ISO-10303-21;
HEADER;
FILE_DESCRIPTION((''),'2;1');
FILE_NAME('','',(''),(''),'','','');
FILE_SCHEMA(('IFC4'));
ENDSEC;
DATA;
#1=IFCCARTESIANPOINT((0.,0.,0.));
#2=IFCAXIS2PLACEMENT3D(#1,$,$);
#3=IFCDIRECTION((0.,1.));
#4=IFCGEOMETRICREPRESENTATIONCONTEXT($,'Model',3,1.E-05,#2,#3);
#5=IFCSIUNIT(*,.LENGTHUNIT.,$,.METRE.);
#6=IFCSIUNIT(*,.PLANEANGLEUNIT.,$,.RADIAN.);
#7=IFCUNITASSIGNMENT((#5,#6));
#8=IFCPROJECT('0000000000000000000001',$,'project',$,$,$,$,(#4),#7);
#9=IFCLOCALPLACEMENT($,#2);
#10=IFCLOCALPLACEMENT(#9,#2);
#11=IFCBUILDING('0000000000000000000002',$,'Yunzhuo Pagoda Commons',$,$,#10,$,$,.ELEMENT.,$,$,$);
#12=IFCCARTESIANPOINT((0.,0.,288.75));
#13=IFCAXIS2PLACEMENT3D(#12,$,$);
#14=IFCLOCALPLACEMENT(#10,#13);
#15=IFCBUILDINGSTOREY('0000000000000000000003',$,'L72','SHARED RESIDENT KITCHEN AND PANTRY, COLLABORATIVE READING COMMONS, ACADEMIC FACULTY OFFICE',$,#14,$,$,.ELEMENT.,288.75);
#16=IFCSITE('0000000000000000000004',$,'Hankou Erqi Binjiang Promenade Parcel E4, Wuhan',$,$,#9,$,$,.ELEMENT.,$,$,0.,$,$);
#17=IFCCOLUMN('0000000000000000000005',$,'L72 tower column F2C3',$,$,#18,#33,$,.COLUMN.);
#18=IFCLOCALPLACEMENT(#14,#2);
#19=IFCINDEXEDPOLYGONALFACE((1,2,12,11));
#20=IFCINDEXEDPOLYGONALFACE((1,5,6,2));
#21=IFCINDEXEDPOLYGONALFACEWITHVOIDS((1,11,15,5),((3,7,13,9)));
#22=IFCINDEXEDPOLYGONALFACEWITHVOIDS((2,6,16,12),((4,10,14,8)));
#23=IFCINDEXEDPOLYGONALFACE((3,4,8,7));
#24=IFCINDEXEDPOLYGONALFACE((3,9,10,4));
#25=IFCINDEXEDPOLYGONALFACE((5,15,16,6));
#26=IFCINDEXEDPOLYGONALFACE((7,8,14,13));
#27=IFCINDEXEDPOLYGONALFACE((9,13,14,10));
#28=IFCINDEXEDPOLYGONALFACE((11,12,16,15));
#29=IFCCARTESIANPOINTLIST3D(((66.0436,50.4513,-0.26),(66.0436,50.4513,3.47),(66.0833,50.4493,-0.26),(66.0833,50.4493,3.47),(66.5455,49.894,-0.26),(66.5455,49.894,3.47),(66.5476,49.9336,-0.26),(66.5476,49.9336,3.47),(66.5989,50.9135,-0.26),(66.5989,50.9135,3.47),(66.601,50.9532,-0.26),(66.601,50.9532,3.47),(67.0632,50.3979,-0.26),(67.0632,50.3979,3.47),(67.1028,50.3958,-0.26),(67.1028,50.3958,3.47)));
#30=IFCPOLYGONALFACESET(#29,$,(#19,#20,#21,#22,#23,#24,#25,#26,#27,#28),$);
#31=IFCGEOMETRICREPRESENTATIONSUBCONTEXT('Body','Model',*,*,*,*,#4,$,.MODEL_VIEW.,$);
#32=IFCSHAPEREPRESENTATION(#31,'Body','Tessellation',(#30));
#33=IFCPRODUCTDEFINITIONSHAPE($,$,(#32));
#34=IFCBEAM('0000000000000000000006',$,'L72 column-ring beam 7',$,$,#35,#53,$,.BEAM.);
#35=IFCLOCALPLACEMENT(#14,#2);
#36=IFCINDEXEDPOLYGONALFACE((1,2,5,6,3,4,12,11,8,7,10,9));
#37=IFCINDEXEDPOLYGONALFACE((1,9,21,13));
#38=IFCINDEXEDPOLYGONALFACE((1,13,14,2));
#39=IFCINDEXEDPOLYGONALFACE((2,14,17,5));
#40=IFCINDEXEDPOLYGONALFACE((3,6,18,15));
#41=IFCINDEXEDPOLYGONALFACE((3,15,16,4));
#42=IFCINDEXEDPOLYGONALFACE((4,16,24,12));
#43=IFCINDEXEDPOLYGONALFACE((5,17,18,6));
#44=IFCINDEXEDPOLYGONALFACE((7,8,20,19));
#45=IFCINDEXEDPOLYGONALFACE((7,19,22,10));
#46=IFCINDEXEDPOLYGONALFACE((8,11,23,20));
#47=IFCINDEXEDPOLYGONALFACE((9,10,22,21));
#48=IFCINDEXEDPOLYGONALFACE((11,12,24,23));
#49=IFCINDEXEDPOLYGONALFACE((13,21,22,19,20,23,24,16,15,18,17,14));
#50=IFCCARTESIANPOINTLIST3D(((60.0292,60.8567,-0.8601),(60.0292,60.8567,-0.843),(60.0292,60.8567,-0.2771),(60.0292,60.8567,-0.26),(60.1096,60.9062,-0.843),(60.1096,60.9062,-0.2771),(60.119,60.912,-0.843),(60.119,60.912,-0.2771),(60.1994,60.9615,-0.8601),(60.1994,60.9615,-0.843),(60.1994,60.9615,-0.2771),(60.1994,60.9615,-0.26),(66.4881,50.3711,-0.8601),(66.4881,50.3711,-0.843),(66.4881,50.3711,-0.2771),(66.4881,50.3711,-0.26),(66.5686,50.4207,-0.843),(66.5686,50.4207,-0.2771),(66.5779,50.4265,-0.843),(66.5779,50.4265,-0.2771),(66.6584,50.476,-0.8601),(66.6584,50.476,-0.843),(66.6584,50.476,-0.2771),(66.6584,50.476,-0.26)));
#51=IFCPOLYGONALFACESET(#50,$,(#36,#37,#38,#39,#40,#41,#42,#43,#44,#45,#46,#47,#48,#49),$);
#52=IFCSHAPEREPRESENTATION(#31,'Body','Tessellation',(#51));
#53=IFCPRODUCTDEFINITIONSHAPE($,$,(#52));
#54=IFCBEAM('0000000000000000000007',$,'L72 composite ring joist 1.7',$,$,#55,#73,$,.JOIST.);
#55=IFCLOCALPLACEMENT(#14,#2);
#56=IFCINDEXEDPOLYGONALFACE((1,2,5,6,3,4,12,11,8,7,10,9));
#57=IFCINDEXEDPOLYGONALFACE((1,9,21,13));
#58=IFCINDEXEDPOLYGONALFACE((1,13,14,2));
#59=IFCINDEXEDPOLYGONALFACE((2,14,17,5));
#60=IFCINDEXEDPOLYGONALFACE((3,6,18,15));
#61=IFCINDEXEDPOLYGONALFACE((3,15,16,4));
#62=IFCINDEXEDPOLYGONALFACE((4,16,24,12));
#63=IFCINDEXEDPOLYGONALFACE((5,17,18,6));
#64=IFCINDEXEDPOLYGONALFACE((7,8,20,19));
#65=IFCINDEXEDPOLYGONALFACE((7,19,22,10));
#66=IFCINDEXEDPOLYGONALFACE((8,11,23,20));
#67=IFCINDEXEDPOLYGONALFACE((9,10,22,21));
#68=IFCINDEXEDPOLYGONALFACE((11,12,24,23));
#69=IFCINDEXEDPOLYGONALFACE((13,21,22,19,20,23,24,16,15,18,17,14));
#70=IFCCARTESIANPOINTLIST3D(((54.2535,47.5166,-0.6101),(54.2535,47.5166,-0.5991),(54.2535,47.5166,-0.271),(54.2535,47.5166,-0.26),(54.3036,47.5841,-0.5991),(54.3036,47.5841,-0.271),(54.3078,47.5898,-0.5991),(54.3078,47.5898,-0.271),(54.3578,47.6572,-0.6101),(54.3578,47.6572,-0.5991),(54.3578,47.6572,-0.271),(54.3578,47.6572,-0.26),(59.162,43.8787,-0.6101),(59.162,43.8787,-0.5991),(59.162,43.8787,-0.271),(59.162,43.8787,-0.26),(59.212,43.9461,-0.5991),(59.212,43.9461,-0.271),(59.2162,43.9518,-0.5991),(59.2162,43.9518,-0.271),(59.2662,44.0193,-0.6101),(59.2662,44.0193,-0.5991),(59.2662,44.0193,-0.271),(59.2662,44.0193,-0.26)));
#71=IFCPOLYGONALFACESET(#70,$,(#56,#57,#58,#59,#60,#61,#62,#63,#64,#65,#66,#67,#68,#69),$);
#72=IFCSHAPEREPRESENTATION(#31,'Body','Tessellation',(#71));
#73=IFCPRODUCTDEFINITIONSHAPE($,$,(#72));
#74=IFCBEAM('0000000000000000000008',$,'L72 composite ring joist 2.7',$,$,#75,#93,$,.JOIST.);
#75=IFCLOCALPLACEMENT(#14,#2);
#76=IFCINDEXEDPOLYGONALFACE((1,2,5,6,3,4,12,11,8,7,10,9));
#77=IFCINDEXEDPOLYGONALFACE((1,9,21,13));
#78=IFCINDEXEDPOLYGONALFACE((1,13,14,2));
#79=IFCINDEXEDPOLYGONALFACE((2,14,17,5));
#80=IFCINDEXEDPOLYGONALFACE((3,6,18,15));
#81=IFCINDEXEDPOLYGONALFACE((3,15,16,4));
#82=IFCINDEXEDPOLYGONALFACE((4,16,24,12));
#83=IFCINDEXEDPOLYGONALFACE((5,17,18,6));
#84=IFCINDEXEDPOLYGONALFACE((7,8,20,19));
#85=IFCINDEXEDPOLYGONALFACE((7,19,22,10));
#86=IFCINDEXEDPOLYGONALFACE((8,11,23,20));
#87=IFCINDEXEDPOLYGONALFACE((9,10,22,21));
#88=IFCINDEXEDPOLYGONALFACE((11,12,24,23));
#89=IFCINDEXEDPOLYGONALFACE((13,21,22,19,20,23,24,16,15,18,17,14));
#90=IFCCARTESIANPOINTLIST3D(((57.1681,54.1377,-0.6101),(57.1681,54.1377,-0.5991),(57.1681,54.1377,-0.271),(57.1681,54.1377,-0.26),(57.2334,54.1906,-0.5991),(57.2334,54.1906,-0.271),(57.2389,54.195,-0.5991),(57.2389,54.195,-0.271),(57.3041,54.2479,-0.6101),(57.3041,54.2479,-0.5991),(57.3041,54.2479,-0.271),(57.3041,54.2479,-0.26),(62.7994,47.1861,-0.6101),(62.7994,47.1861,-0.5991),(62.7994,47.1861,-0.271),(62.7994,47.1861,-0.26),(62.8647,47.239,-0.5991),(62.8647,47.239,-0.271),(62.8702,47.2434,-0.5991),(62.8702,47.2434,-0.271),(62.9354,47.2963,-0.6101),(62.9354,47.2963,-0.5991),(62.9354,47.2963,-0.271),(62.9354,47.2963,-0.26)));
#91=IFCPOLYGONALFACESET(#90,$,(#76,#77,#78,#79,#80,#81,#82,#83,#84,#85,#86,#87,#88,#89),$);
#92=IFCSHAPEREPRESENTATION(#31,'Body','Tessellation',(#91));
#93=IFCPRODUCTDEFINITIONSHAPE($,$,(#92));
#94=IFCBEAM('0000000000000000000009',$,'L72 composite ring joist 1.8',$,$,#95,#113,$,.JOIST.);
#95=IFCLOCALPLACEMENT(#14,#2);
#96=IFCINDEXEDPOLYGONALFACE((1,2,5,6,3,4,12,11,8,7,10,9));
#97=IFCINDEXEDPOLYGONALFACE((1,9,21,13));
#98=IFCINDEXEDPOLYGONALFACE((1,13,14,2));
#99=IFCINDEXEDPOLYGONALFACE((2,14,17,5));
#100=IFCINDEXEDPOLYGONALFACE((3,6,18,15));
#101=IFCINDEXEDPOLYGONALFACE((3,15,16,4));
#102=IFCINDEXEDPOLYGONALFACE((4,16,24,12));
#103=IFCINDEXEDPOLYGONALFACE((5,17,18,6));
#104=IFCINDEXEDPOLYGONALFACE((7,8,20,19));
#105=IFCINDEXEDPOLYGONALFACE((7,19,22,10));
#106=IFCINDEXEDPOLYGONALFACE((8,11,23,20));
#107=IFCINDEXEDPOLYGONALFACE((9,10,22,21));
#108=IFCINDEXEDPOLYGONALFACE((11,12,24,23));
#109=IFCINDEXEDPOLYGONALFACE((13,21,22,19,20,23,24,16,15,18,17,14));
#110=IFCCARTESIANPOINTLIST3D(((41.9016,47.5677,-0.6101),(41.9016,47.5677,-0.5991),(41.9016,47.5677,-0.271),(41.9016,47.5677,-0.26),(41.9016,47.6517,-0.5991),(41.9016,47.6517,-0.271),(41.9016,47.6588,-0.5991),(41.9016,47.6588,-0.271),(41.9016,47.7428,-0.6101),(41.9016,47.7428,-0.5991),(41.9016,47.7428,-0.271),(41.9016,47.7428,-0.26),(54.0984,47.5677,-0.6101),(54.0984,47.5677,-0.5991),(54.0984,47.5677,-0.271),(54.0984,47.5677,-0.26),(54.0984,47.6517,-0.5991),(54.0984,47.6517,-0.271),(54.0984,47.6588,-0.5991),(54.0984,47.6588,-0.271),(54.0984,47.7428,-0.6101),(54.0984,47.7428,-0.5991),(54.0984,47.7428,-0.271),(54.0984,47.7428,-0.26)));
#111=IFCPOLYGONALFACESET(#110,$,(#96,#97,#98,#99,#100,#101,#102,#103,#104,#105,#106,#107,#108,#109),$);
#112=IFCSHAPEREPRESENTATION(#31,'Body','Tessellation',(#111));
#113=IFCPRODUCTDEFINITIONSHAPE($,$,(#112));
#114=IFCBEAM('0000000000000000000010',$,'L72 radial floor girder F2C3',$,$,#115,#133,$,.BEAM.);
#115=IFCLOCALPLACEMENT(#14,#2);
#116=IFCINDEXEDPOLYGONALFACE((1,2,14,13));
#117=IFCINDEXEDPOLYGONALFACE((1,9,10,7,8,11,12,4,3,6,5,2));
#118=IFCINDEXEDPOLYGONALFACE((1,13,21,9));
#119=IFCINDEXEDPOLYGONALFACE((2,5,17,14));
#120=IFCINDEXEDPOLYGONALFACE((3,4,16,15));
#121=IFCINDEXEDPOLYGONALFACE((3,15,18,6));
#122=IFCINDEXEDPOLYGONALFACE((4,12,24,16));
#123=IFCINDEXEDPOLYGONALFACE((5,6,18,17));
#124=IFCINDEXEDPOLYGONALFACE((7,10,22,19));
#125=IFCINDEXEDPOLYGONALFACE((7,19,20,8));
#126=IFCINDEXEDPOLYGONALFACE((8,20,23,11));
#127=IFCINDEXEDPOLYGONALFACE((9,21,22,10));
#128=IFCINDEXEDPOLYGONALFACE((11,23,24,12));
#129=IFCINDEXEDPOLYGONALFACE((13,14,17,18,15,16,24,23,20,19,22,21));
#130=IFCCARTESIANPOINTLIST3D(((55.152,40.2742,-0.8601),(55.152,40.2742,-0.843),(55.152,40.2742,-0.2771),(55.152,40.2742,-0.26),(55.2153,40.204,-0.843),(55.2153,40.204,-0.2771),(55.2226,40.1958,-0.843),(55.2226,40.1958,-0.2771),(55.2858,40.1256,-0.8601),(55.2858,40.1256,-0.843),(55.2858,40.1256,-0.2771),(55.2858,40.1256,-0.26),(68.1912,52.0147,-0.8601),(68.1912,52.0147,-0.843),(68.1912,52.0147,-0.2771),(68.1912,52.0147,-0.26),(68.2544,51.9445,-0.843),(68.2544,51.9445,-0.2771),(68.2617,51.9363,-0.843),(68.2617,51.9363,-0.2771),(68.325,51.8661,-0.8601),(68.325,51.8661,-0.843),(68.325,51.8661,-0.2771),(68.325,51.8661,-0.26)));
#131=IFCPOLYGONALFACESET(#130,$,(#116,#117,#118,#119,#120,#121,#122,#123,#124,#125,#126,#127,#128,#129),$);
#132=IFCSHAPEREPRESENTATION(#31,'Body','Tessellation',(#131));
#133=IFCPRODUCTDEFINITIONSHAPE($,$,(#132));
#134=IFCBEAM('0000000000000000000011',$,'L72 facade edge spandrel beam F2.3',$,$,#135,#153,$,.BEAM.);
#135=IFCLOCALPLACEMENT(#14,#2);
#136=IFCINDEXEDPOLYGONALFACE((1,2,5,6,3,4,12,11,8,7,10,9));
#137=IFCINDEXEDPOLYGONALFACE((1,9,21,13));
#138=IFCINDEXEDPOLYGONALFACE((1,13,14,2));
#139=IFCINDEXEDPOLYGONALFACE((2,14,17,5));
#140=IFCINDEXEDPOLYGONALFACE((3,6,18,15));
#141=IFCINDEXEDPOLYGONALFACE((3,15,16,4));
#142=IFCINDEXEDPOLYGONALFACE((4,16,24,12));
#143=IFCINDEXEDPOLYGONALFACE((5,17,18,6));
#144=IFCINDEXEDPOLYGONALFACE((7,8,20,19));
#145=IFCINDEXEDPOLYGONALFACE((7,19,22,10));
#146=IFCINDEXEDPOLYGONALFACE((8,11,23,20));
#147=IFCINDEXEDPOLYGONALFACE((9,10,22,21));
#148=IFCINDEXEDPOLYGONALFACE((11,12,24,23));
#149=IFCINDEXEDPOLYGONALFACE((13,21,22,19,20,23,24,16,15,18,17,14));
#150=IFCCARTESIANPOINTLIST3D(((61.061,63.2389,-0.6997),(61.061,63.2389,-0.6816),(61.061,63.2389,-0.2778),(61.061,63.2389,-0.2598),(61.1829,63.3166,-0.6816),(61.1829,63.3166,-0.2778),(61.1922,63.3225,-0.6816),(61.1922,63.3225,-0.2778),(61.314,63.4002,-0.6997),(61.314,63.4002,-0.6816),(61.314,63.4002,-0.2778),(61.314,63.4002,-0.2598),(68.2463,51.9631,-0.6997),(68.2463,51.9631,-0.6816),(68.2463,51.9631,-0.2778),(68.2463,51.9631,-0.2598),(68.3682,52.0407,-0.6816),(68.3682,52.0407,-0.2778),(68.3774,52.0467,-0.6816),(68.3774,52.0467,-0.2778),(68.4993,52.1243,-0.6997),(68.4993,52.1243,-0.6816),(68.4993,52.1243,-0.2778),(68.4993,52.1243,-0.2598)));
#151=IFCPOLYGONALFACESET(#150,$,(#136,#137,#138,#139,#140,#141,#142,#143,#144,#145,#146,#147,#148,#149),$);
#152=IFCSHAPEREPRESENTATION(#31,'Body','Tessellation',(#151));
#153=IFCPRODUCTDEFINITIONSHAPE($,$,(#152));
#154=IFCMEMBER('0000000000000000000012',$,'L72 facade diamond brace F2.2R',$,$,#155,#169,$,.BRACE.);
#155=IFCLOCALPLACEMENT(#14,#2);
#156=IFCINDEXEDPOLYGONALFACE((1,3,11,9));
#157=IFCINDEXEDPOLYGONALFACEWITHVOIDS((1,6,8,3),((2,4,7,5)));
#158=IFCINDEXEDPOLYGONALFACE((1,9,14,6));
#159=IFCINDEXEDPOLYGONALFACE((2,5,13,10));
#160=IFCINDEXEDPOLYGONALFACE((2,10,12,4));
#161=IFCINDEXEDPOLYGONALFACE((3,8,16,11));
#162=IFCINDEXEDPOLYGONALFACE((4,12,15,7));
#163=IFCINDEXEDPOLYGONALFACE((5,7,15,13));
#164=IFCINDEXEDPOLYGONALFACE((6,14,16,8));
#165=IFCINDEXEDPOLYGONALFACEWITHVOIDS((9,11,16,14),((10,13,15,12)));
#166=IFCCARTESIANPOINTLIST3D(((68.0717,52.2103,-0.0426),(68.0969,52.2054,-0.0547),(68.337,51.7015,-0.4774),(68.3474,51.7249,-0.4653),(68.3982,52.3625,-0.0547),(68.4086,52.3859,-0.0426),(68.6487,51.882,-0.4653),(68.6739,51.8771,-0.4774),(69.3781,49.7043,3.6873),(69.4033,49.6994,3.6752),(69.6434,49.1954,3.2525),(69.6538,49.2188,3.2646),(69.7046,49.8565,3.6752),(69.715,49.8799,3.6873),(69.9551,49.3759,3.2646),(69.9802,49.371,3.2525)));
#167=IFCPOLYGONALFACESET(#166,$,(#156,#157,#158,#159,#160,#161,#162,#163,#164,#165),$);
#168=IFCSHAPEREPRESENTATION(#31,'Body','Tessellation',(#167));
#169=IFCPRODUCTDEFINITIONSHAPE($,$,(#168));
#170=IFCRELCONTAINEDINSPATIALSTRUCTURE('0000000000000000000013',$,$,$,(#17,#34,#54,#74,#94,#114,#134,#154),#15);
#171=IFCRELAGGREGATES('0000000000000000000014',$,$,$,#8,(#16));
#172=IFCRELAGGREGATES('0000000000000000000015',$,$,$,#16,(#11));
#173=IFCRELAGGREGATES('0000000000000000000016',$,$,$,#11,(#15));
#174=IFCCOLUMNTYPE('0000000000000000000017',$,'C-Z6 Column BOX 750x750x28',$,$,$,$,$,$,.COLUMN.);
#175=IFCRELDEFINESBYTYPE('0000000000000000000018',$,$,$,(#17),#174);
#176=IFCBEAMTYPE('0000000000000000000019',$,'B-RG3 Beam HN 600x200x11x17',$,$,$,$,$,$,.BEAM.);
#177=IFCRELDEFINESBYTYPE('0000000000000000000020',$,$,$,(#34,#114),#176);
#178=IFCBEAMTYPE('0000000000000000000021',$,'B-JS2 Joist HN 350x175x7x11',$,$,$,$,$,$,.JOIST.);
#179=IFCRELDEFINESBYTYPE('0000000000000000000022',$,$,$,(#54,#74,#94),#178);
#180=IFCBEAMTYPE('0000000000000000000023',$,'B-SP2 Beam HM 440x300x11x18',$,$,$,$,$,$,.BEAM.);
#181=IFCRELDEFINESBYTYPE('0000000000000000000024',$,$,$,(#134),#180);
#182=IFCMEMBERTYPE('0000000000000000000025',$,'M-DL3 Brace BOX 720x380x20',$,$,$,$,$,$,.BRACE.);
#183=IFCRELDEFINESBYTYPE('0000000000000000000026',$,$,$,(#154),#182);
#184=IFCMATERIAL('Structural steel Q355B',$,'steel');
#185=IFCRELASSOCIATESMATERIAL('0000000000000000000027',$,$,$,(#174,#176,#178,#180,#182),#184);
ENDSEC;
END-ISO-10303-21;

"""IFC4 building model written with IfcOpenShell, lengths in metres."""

from ifc_helpers import new_model, si_unit, direction, frame, origin, origin_2d, place, context, subcontext, project, spatial, hollow_rectangle, i_section, extrude, source, transform, mapped, material, material_profile, profile_set, type_object, element, save


model = new_model("IFC4")

# Units and contexts
model_context = context("Model", 3, precision=1e-05, world=origin(), true_north=direction((0.0, 1.0)))
body_context = subcontext(model_context, "Body", "Model", "MODEL_VIEW")
ifc_project = project(units=[si_unit("LENGTHUNIT", "METRE"), si_unit("PLANEANGLEUNIT", "RADIAN")], contexts=[model_context])

# Site, building, storey
site_placement = place(None, origin())
site = spatial("IfcSite", under=ifc_project, at=site_placement, Name="Hankou Erqi Binjiang Promenade Parcel E4, Wuhan", CompositionType="ELEMENT", RefElevation=0.0)
building_placement = place(site_placement, origin())
building = spatial("IfcBuilding", under=site, at=building_placement, Name="Yunzhuo Pagoda Commons", CompositionType="ELEMENT")
storey_placement = place(building_placement, frame((0.0, 0.0, 288.75)))
storey = spatial("IfcBuildingStorey", under=building, at=storey_placement, Name="L72", Description="SHARED RESIDENT KITCHEN AND PANTRY, COLLABORATIVE READING COMMONS, ACADEMIC FACULTY OFFICE", CompositionType="ELEMENT", Elevation=288.75)

# Column
ifc_material_1 = material(Name="Structural steel Q355B", Category="steel")
ifc_material_profile_1 = material_profile(ifc_material_1, hollow_rectangle(XDim=0.75, YDim=0.75, WallThickness=0.0281, at=origin_2d()), Name="Structural steel Q355B")
ifc_profile_set_1 = profile_set([ifc_material_profile_1], Name="Structural steel Q355B")
column_type = type_object("IfcColumnType", Name="C-Z6 Column BOX 750x750x28", PredefinedType="COLUMN", material=ifc_profile_set_1)
shared_shape_1 = source(origin(), body_context, "Body", "SweptSolid", [
    extrude(hollow_rectangle(XDim=0.75, YDim=0.75, WallThickness=0.0281, at=origin_2d()), origin(), (0.0, 0.0, 1.0), 3.73),
])
column_placement = place(storey_placement, frame((66.5732, 50.4236, -0.26), z_axis=(0.0, 0.0, 1.0), x_axis=(-0.669131, 0.743145, 0.0)))
element("IfcColumn", 1, at=column_placement, inside=storey, type_object=column_type, Name="L72 tower column F2C3", PredefinedType="COLUMN", context=body_context, shape_type="MappedRepresentation", body=[
    mapped(shared_shape_1, transform((0.0, 0.0, 0.0), scale=1.0)),
])

# Beams
ifc_material_profile_2 = material_profile(ifc_material_1, i_section(OverallWidth=0.2, OverallDepth=0.6001, WebThickness=0.011, FlangeThickness=0.0171, at=origin_2d()), Name="Structural steel Q355B")
ifc_profile_set_2 = profile_set([ifc_material_profile_2], Name="Structural steel Q355B")
beam_type_1 = type_object("IfcBeamType", Name="B-RG3 Beam HN 600x200x11x17", PredefinedType="BEAM", material=ifc_profile_set_2)
shared_shape_2 = source(origin(), body_context, "Body", "SweptSolid", [
    extrude(i_section(OverallWidth=0.2, OverallDepth=0.6001, WebThickness=0.011, FlangeThickness=0.0171, at=origin_2d()), origin(), (0.0, 0.0, 1.0), 12.3152),
])
beam_1_placement = place(storey_placement, frame((66.5732, 50.4236, -0.5601), z_axis=(-0.524469, 0.85143, 0.0), x_axis=(-0.85143, -0.524469, 0.0)))
element("IfcBeam", 2, at=beam_1_placement, inside=storey, type_object=beam_type_1, Name="L72 column-ring beam 7", PredefinedType="BEAM", context=body_context, shape_type="MappedRepresentation", body=[
    mapped(shared_shape_2, transform((0.0, 0.0, 0.0), scale=1.0)),
])
ifc_material_profile_3 = material_profile(ifc_material_1, i_section(OverallWidth=0.175, OverallDepth=0.3501, WebThickness=0.0071, FlangeThickness=0.011, at=origin_2d()), Name="Structural steel Q355B")
ifc_profile_set_3 = profile_set([ifc_material_profile_3], Name="Structural steel Q355B")
beam_type_2 = type_object("IfcBeamType", Name="B-JS2 Joist HN 350x175x7x11", PredefinedType="JOIST", material=ifc_profile_set_3)
shared_shape_3 = source(origin(), body_context, "Body", "SweptSolid", [
    extrude(i_section(OverallWidth=0.175, OverallDepth=0.3501, WebThickness=0.0071, FlangeThickness=0.011, at=origin_2d()), origin(), (0.0, 0.0, 1.0), 6.1096),
])
beam_2_placement = place(storey_placement, frame((59.2141, 43.949, -0.4351), z_axis=(-0.803396, 0.595444, 0.0), x_axis=(-0.595444, -0.803396, 0.0)))
element("IfcBeam", 3, at=beam_2_placement, inside=storey, type_object=beam_type_2, Name="L72 composite ring joist 1.7", PredefinedType="JOIST", context=body_context, shape_type="MappedRepresentation", body=[
    mapped(shared_shape_3, transform((0.0, 0.0, 0.0), scale=1.0)),
])
shared_shape_4 = source(origin(), body_context, "Body", "SweptSolid", [
    extrude(i_section(OverallWidth=0.175, OverallDepth=0.3501, WebThickness=0.0071, FlangeThickness=0.011, at=origin_2d()), origin(), (0.0, 0.0, 1.0), 8.9463),
])
beam_3_placement = place(storey_placement, frame((62.8674, 47.2412, -0.4351), z_axis=(-0.629456, 0.777036, 0.0), x_axis=(-0.777036, -0.629456, 0.0)))
element("IfcBeam", 4, at=beam_3_placement, inside=storey, type_object=beam_type_2, Name="L72 composite ring joist 2.7", PredefinedType="JOIST", context=body_context, shape_type="MappedRepresentation", body=[
    mapped(shared_shape_4, transform((0.0, 0.0, 0.0), scale=1.0)),
])
shared_shape_5 = source(origin(), body_context, "Body", "SweptSolid", [
    extrude(i_section(OverallWidth=0.175, OverallDepth=0.3501, WebThickness=0.0071, FlangeThickness=0.011, at=origin_2d()), origin(), (0.0, 0.0, 1.0), 12.1968),
])
beam_4_placement = place(storey_placement, frame((54.0984, 47.6553, -0.4351), z_axis=(-1.0, 0.0, 0.0), x_axis=(0.0, -1.0, 0.0)))
element("IfcBeam", 5, at=beam_4_placement, inside=storey, type_object=beam_type_2, Name="L72 composite ring joist 1.8", PredefinedType="JOIST", context=body_context, shape_type="MappedRepresentation", body=[
    mapped(shared_shape_5, transform((0.0, 0.0, 0.0), scale=1.0)),
])
shared_shape_6 = source(origin(), body_context, "Body", "SweptSolid", [
    extrude(i_section(OverallWidth=0.2, OverallDepth=0.6001, WebThickness=0.011, FlangeThickness=0.0171, at=origin_2d()), origin(), (0.0, 0.0, 1.0), 17.5459),
])
beam_5_placement = place(storey_placement, frame((68.2581, 51.9404, -0.5601), z_axis=(-0.743143, -0.669132, 0.0), x_axis=(0.669132, -0.743143, 0.0)))
element("IfcBeam", 6, at=beam_5_placement, inside=storey, type_object=beam_type_1, Name="L72 radial floor girder F2C3", PredefinedType="BEAM", context=body_context, shape_type="MappedRepresentation", body=[
    mapped(shared_shape_6, transform((0.0, 0.0, 0.0), scale=1.0)),
])
ifc_material_profile_4 = material_profile(ifc_material_1, i_section(OverallWidth=0.3, OverallDepth=0.4399, WebThickness=0.011, FlangeThickness=0.0181, at=origin_2d()), Name="Structural steel Q355B")
ifc_profile_set_4 = profile_set([ifc_material_profile_4], Name="Structural steel Q355B")
beam_type_3 = type_object("IfcBeamType", Name="B-SP2 Beam HM 440x300x11x18", PredefinedType="BEAM", material=ifc_profile_set_4)
shared_shape_7 = source(origin(), body_context, "Body", "SweptSolid", [
    extrude(i_section(OverallWidth=0.3, OverallDepth=0.4399, WebThickness=0.011, FlangeThickness=0.0181, at=origin_2d()), origin(), (0.0, 0.0, 1.0), 13.3706),
])
beam_6_placement = place(storey_placement, frame((68.3728, 52.0437, -0.4797), z_axis=(-0.537394, 0.843331, 0.0), x_axis=(-0.843331, -0.537394, 0.0)))
element("IfcBeam", 7, at=beam_6_placement, inside=storey, type_object=beam_type_3, Name="L72 facade edge spandrel beam F2.3", PredefinedType="BEAM", context=body_context, shape_type="MappedRepresentation", body=[
    mapped(shared_shape_7, transform((0.0, 0.0, 0.0), scale=1.0)),
])

# Member
ifc_material_profile_5 = material_profile(ifc_material_1, hollow_rectangle(XDim=0.3799, YDim=0.72, WallThickness=0.02, at=origin_2d()), Name="Structural steel Q355B")
ifc_profile_set_5 = profile_set([ifc_material_profile_5], Name="Structural steel Q355B")
member_type_1 = type_object("IfcMemberType", Name="M-DL3 Brace BOX 720x380x20", PredefinedType="BRACE", material=ifc_profile_set_5)
shared_shape_8 = source(origin(), body_context, "Body", "SweptSolid", [
    extrude(hollow_rectangle(XDim=0.3799, YDim=0.72, WallThickness=0.02, at=origin_2d()), origin(), (0.0, 0.0, 1.0), 4.6797),
])
member_1_placement = place(storey_placement, frame((68.3728, 52.0437, -0.26), z_axis=(0.27916, -0.535522, 0.797048), x_axis=(0.88675, 0.46225, 0.0)))
element("IfcMember", 8, at=member_1_placement, inside=storey, type_object=member_type_1, Name="L72 facade diamond brace F2.2R", PredefinedType="BRACE", context=body_context, shape_type="MappedRepresentation", body=[
    mapped(shared_shape_8, transform((0.0, 0.0, 0.0), scale=1.0)),
])

save(model, "model.ifc")
